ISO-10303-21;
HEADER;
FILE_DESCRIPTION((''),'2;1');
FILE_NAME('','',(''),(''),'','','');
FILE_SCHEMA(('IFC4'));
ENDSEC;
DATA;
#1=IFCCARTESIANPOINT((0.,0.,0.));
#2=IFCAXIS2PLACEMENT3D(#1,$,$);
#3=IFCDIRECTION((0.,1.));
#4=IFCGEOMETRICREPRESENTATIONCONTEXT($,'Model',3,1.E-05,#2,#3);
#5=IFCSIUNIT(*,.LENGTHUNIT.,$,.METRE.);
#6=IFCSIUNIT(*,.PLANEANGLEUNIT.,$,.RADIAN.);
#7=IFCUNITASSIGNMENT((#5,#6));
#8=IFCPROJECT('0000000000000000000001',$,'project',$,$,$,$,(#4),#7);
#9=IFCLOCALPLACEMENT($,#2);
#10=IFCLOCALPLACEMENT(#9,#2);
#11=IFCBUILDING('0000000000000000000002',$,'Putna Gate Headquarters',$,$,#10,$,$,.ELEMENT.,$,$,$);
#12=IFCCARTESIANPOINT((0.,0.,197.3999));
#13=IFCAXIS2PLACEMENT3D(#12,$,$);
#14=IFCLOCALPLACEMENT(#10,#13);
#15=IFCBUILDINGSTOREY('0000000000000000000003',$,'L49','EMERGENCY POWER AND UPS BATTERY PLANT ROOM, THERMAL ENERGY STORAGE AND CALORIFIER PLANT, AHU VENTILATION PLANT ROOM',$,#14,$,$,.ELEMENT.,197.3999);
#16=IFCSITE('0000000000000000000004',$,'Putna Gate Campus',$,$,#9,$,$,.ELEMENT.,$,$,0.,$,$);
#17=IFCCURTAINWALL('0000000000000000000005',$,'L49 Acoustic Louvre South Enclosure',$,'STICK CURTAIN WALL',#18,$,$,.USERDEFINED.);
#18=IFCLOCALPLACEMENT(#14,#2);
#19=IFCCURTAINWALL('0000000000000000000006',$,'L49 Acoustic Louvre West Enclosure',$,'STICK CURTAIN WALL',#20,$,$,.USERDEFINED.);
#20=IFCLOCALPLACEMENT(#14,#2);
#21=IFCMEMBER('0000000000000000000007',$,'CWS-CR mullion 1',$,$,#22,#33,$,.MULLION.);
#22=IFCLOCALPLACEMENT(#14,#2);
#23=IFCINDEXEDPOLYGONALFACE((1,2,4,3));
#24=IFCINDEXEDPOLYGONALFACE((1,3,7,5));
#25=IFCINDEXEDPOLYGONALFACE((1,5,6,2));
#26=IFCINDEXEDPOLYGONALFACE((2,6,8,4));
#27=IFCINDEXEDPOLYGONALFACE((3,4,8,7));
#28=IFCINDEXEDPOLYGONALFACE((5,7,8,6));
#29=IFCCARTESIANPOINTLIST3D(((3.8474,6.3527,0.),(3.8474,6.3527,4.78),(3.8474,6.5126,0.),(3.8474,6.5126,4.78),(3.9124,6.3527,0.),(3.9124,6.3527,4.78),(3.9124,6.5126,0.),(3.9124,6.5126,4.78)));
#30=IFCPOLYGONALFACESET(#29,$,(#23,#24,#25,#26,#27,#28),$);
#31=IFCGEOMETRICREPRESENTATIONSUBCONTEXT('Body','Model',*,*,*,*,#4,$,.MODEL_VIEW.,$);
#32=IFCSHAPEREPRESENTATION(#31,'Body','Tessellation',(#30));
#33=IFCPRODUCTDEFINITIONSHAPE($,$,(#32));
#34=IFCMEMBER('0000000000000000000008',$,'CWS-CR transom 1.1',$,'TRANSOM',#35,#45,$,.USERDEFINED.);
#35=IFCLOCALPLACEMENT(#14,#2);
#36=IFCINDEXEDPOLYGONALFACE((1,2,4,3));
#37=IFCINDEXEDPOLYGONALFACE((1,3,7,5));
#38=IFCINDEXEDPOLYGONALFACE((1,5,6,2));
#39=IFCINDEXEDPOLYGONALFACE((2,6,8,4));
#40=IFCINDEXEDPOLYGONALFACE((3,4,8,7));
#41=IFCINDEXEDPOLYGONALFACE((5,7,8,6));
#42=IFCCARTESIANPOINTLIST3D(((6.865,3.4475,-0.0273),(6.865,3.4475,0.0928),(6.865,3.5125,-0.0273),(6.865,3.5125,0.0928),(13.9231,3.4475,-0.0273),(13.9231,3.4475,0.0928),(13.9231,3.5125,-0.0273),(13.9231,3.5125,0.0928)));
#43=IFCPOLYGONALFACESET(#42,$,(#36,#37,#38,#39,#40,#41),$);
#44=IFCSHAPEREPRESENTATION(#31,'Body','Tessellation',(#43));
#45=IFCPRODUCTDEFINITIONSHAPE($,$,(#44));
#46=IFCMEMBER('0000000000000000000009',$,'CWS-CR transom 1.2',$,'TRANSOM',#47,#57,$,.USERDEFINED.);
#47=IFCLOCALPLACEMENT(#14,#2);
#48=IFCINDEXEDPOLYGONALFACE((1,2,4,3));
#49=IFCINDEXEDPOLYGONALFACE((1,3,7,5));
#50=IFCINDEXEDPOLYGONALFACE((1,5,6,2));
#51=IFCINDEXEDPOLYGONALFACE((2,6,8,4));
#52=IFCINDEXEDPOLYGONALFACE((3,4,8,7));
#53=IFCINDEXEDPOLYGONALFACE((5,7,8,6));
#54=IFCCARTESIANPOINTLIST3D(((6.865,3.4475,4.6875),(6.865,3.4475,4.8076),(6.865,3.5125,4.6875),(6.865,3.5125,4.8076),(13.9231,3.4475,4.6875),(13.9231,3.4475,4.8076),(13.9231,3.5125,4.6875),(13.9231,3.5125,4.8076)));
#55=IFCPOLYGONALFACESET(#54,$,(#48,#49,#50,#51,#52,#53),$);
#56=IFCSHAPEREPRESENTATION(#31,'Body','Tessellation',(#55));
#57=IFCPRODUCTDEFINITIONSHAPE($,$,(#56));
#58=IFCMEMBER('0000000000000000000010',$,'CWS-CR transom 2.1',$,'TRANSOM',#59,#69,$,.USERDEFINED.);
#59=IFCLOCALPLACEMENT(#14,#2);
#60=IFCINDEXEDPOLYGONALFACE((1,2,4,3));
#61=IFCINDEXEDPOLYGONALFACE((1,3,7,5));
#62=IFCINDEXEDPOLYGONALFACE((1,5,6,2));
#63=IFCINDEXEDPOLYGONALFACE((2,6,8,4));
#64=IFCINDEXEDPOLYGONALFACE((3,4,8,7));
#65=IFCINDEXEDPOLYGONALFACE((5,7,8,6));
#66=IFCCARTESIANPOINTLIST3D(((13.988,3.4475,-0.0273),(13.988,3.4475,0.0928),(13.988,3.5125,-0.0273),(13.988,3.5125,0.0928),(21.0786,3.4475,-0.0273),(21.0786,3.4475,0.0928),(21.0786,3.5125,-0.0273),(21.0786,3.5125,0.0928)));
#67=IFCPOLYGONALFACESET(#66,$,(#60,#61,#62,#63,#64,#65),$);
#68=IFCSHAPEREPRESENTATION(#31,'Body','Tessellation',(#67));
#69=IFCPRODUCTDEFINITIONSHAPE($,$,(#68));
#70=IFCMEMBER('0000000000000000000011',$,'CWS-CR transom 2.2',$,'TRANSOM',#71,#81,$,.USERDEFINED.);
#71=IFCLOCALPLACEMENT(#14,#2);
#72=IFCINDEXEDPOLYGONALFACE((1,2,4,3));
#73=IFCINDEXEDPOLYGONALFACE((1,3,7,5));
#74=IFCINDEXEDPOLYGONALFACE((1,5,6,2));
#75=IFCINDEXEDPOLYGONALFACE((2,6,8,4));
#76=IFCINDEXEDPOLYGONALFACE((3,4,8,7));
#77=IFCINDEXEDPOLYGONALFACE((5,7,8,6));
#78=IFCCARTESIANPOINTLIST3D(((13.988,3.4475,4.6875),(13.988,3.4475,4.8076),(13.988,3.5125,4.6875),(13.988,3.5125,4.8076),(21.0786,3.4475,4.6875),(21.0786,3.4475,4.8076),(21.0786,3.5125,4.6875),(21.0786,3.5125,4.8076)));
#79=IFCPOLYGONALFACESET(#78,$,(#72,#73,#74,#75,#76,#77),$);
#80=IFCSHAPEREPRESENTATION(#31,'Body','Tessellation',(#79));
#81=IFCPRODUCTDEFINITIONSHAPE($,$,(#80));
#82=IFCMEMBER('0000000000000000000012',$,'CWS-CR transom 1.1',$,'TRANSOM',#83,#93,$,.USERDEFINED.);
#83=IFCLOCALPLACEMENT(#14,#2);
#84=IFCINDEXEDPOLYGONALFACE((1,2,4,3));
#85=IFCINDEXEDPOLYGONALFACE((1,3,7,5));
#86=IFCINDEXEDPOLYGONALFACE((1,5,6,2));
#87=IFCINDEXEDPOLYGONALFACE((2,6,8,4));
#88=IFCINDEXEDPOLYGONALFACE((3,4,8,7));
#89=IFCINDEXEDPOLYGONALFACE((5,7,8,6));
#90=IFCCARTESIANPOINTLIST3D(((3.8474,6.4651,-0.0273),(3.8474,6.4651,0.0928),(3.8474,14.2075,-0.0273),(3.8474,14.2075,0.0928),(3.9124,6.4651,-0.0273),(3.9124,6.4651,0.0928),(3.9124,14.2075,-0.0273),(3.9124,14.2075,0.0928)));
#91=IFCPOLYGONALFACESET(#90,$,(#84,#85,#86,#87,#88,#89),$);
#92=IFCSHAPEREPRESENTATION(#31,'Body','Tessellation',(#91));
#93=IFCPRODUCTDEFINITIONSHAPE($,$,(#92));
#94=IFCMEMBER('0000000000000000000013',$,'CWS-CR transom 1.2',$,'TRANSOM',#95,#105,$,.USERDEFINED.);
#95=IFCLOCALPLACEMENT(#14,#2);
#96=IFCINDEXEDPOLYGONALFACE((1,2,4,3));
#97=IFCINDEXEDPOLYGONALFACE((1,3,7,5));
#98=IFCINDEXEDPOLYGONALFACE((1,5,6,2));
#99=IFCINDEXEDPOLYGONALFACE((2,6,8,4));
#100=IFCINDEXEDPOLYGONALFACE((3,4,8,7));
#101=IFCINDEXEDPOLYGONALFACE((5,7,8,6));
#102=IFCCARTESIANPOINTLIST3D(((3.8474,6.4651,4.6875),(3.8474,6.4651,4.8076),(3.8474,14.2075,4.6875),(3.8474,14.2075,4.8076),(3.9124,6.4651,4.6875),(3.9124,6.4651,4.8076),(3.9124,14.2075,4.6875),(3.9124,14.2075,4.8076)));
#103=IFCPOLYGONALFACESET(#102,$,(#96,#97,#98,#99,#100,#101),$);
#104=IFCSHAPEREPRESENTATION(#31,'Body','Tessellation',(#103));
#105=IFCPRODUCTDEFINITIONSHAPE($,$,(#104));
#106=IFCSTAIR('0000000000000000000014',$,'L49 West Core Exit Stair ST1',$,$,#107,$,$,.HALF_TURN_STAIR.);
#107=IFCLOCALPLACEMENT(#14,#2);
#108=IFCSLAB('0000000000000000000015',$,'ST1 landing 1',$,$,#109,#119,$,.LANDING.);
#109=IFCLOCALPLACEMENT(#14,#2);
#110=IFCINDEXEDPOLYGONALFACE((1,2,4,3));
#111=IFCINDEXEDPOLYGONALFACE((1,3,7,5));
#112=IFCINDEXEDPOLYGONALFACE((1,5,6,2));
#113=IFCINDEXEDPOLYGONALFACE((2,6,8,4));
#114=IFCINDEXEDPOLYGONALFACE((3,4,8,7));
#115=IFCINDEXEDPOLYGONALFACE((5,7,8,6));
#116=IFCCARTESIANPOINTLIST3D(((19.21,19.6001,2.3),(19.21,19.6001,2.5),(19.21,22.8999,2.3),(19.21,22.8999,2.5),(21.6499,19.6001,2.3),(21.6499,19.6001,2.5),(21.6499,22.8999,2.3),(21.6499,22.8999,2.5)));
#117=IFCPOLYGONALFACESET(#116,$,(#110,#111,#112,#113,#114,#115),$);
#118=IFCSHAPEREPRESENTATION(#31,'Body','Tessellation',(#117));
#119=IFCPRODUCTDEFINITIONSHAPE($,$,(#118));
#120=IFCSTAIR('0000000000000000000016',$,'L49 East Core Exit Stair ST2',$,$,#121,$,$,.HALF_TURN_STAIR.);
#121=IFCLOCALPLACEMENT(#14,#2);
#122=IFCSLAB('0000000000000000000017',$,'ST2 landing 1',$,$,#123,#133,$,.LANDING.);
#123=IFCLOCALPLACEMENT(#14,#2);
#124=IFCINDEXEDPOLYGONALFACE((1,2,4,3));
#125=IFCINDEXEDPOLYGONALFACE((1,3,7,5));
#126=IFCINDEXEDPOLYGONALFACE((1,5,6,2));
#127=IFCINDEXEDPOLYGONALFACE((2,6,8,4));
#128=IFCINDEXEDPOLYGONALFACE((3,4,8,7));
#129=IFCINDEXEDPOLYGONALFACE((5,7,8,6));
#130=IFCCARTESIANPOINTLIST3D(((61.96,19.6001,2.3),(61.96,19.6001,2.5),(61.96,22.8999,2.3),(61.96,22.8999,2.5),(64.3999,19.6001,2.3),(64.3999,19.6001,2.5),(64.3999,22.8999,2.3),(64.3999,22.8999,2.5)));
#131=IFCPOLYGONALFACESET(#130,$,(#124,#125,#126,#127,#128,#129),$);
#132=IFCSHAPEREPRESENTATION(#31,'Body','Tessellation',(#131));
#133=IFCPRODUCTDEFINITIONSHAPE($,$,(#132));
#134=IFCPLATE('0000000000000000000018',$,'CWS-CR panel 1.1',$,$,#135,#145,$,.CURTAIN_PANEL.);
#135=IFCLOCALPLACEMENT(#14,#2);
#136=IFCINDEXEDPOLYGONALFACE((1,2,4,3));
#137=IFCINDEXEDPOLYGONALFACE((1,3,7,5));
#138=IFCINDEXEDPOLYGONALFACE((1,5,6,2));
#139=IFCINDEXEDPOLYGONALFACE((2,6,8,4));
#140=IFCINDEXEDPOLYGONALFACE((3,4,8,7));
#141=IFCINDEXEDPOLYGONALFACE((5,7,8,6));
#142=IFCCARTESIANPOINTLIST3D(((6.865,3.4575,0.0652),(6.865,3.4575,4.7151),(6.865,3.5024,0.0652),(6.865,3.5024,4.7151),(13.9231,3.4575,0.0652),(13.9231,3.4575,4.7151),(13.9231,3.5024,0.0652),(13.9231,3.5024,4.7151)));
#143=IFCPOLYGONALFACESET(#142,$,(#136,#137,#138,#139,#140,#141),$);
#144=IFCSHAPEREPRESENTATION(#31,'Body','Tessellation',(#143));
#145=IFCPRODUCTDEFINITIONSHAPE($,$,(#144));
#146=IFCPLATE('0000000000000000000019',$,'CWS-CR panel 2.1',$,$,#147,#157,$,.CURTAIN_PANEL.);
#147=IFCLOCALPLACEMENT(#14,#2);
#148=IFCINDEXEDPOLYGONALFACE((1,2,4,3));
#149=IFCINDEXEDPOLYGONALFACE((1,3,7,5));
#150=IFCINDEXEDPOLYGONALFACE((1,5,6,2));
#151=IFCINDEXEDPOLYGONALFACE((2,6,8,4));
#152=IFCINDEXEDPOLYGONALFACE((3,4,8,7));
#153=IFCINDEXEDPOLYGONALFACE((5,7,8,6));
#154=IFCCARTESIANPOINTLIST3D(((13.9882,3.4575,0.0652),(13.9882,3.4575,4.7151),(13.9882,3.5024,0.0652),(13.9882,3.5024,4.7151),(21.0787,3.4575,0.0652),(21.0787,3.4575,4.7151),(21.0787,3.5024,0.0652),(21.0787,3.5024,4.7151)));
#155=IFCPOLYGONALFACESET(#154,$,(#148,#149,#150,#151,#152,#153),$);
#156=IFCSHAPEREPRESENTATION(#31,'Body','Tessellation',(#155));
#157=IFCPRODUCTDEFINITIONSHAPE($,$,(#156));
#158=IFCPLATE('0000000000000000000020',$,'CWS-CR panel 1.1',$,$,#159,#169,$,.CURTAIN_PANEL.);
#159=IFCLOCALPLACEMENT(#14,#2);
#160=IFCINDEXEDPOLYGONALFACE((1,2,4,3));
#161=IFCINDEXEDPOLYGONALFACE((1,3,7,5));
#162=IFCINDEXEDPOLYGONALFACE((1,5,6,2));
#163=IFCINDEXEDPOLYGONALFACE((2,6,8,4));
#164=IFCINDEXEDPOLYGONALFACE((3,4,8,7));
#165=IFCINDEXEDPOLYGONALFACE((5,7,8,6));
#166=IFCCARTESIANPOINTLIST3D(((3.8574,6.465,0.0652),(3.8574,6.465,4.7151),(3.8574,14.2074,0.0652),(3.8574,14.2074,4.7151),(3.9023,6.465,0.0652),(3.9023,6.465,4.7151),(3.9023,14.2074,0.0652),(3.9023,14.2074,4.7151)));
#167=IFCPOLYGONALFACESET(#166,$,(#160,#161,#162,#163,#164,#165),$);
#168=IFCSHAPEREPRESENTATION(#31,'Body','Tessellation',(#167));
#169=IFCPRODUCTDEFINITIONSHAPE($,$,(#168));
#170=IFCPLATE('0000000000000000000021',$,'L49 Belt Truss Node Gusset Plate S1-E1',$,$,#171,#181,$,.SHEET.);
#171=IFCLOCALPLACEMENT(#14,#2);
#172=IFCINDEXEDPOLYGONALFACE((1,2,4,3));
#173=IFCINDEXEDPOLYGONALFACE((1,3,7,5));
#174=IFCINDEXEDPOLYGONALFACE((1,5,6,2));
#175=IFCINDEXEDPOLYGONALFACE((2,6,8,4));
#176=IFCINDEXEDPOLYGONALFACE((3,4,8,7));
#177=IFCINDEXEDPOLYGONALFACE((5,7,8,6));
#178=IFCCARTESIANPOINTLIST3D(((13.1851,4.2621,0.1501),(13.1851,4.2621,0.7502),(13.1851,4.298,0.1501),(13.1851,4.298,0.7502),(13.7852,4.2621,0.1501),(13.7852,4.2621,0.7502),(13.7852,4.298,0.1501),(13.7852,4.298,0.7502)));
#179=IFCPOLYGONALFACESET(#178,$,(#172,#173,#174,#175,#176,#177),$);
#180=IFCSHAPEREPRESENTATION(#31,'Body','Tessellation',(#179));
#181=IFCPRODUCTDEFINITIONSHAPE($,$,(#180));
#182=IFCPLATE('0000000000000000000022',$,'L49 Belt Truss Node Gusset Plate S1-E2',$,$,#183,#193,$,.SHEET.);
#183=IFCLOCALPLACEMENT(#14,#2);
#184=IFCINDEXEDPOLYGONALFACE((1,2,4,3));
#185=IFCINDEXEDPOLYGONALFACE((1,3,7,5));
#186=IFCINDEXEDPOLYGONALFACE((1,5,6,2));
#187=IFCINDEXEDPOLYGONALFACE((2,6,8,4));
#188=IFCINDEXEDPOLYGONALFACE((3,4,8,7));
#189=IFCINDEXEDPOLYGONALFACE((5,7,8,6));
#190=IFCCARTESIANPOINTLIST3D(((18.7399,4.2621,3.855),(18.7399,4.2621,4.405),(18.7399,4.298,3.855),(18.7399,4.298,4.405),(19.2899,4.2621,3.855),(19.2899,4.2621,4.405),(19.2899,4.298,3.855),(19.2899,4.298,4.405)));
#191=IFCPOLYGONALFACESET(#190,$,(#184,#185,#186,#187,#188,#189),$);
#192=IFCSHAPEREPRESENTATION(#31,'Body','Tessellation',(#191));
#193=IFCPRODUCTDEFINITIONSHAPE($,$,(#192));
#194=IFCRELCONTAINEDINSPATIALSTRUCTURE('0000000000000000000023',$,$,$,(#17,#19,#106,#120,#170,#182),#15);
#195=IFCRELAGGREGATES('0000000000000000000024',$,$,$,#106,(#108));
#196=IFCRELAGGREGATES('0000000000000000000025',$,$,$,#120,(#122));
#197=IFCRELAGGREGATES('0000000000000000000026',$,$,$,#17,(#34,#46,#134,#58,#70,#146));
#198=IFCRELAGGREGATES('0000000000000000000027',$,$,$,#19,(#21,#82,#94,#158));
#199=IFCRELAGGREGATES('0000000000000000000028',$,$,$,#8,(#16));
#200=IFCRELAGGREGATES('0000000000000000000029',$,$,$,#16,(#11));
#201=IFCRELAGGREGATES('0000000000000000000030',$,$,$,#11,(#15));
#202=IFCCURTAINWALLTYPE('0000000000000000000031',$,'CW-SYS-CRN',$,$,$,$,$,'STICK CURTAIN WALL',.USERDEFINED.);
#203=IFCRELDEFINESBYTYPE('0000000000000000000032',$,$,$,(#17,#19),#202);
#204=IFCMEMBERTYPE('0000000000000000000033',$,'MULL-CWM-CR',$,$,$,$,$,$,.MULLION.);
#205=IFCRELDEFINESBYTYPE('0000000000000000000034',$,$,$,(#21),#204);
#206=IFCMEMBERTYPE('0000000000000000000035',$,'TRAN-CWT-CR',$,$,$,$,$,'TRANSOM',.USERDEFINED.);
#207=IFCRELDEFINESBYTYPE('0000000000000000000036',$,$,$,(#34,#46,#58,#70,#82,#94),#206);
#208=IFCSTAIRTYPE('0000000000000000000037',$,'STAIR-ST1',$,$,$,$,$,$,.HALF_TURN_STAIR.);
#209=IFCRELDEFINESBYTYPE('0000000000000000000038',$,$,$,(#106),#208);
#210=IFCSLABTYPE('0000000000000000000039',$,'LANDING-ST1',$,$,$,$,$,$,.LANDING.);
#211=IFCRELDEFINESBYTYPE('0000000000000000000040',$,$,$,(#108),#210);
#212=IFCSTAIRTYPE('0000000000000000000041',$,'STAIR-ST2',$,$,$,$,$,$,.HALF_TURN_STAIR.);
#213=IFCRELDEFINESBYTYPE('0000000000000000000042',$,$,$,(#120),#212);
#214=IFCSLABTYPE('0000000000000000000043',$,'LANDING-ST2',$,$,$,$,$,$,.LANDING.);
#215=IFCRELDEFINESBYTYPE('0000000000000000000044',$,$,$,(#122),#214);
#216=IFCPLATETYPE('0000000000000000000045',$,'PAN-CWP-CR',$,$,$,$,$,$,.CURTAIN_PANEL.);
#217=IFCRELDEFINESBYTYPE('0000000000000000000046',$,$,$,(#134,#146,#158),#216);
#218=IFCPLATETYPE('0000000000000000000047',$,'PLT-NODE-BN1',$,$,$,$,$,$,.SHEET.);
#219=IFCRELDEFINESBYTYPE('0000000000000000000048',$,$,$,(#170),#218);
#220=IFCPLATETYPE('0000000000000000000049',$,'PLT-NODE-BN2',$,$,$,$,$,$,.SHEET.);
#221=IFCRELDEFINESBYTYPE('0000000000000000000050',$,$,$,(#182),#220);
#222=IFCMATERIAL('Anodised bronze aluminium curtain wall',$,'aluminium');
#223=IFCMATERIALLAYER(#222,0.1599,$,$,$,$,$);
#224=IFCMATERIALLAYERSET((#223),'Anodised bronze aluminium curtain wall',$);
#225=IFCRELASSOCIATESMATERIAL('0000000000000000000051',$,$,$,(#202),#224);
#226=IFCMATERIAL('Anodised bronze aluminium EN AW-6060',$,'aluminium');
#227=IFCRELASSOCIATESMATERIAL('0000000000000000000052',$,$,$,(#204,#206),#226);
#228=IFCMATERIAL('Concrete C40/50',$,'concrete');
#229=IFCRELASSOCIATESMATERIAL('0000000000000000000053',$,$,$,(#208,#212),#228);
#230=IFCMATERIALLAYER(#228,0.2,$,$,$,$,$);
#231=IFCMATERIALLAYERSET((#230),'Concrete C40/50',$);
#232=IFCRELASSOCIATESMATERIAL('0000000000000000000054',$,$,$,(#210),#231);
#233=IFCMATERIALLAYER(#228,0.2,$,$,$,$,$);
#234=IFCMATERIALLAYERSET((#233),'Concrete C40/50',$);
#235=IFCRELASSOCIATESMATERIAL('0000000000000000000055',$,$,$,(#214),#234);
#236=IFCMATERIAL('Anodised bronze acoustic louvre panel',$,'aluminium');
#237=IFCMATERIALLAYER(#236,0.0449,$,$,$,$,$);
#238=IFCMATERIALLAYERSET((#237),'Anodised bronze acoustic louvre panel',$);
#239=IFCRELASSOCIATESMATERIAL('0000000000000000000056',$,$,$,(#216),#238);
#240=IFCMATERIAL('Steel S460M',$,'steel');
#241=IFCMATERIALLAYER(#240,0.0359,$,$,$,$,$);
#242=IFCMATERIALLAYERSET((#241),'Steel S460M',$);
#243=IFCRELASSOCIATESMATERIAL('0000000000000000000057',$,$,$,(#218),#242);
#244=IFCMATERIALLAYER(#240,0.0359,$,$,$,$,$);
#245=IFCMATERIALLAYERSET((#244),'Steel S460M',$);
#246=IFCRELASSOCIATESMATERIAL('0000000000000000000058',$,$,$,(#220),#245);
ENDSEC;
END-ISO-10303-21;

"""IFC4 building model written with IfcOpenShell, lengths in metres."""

from ifc_helpers import new_model, si_unit, direction, frame, origin, origin_2d, place, context, subcontext, project, spatial, polyline, rectangle, outline, extrude, material, layer, layer_set, material_profile, profile_set, type_object, element, aggregate, save


model = new_model("IFC4")

# Units and contexts
model_context = context("Model", 3, precision=1e-05, world=origin(), true_north=direction((0.0, 1.0)))
body_context = subcontext(model_context, "Body", "Model", "MODEL_VIEW")
ifc_project = project(units=[si_unit("LENGTHUNIT", "METRE"), si_unit("PLANEANGLEUNIT", "RADIAN")], contexts=[model_context])

# Site, building, storey
site_placement = place(None, origin())
site = spatial("IfcSite", under=ifc_project, at=site_placement, Name="Putna Gate Campus", CompositionType="ELEMENT", RefElevation=0.0)
building_placement = place(site_placement, origin())
building = spatial("IfcBuilding", under=site, at=building_placement, Name="Putna Gate Headquarters", CompositionType="ELEMENT")
storey_placement = place(building_placement, frame((0.0, 0.0, 197.3999)))
storey = spatial("IfcBuildingStorey", under=building, at=storey_placement, Name="L49", Description="EMERGENCY POWER AND UPS BATTERY PLANT ROOM, THERMAL ENERGY STORAGE AND CALORIFIER PLANT, AHU VENTILATION PLANT ROOM", CompositionType="ELEMENT", Elevation=197.3999)

# Shared definitions
ifc_material_1 = material(Name="Steel S460M", Category="steel")

# Curtain wall
ifc_material_2 = material(Name="Anodised bronze aluminium curtain wall", Category="aluminium")
ifc_layer_1 = layer(ifc_material_2, 0.1599)
ifc_layer_set_1 = layer_set([ifc_layer_1], Name="Anodised bronze aluminium curtain wall")
curtain_wall_type = type_object("IfcCurtainWallType", Name="CW-SYS-CRN", ElementType="STICK CURTAIN WALL", PredefinedType="USERDEFINED", material=ifc_layer_set_1)
curtain_wall_1_placement = place(storey_placement, origin())
curtain_wall_1 = element("IfcCurtainWall", 1, at=curtain_wall_1_placement, inside=storey, type_object=curtain_wall_type, Name="L49 Acoustic Louvre South Enclosure", ObjectType="STICK CURTAIN WALL", PredefinedType="USERDEFINED")
ifc_material_3 = material(Name="Anodised bronze aluminium EN AW-6060", Category="aluminium")
ifc_material_profile_1 = material_profile(ifc_material_3, rectangle(XDim=0.0649, YDim=0.1599, at=origin_2d()), Name="Anodised bronze aluminium EN AW-6060")
ifc_profile_set_1 = profile_set([ifc_material_profile_1], Name="Anodised bronze aluminium EN AW-6060")
member_type_1 = type_object("IfcMemberType", Name="MULL-CWM-CR", PredefinedType="MULLION", material=ifc_profile_set_1)

# Curtain wall, member
curtain_wall_2_placement = place(storey_placement, origin())
curtain_wall_2 = element("IfcCurtainWall", 2, at=curtain_wall_2_placement, inside=storey, type_object=curtain_wall_type, Name="L49 Acoustic Louvre West Enclosure", ObjectType="STICK CURTAIN WALL", PredefinedType="USERDEFINED")
member_1_placement = place(storey_placement, frame((3.8799, 6.4326, 0.0), z_axis=(0.0, 0.0, 1.0), x_axis=(-1.0, 0.0, 0.0)))
member_1 = element("IfcMember", 3, at=member_1_placement, type_object=member_type_1, Name="CWS-CR mullion 1", PredefinedType="MULLION", context=body_context, shape_type="SweptSolid", body=[
    extrude(rectangle(XDim=0.0649, YDim=0.1599, at=origin_2d()), origin(), (0.0, 0.0, 1.0), 4.78),
])

# Members
ifc_material_profile_2 = material_profile(ifc_material_3, rectangle(XDim=0.0649, YDim=0.1201, at=origin_2d()), Name="Anodised bronze aluminium EN AW-6060")
ifc_profile_set_2 = profile_set([ifc_material_profile_2], Name="Anodised bronze aluminium EN AW-6060")
member_type_2 = type_object("IfcMemberType", Name="TRAN-CWT-CR", ElementType="TRANSOM", PredefinedType="USERDEFINED", material=ifc_profile_set_2)
member_2_placement = place(storey_placement, frame((6.865, 3.48, 0.0327), z_axis=(1.0, 0.0, 0.0), x_axis=(0.0, 1.0, 0.0)))
member_2 = element("IfcMember", 4, at=member_2_placement, type_object=member_type_2, Name="CWS-CR transom 1.1", ObjectType="TRANSOM", PredefinedType="USERDEFINED", context=body_context, shape_type="SweptSolid", body=[
    extrude(rectangle(XDim=0.0649, YDim=0.1201, at=origin_2d()), origin(), (0.0, 0.0, 1.0), 7.0581),
])
member_3_placement = place(storey_placement, frame((6.865, 3.48, 4.7476), z_axis=(1.0, 0.0, 0.0), x_axis=(0.0, 1.0, 0.0)))
member_3 = element("IfcMember", 5, at=member_3_placement, type_object=member_type_2, Name="CWS-CR transom 1.2", ObjectType="TRANSOM", PredefinedType="USERDEFINED", context=body_context, shape_type="SweptSolid", body=[
    extrude(rectangle(XDim=0.0649, YDim=0.1201, at=origin_2d()), origin(), (0.0, 0.0, 1.0), 7.0581),
])
member_4_placement = place(storey_placement, frame((13.988, 3.48, 0.0327), z_axis=(1.0, 0.0, 0.0), x_axis=(0.0, 1.0, 0.0)))
member_4 = element("IfcMember", 6, at=member_4_placement, type_object=member_type_2, Name="CWS-CR transom 2.1", ObjectType="TRANSOM", PredefinedType="USERDEFINED", context=body_context, shape_type="SweptSolid", body=[
    extrude(rectangle(XDim=0.0649, YDim=0.1201, at=origin_2d()), origin(), (0.0, 0.0, 1.0), 7.0906),
])
member_5_placement = place(storey_placement, frame((13.988, 3.48, 4.7476), z_axis=(1.0, 0.0, 0.0), x_axis=(0.0, 1.0, 0.0)))
member_5 = element("IfcMember", 7, at=member_5_placement, type_object=member_type_2, Name="CWS-CR transom 2.2", ObjectType="TRANSOM", PredefinedType="USERDEFINED", context=body_context, shape_type="SweptSolid", body=[
    extrude(rectangle(XDim=0.0649, YDim=0.1201, at=origin_2d()), origin(), (0.0, 0.0, 1.0), 7.0906),
])
member_6_placement = place(storey_placement, frame((3.8799, 6.4651, 0.0327), z_axis=(0.0, 1.0, 0.0), x_axis=(-1.0, 0.0, 0.0)))
member_6 = element("IfcMember", 8, at=member_6_placement, type_object=member_type_2, Name="CWS-CR transom 1.1", ObjectType="TRANSOM", PredefinedType="USERDEFINED", context=body_context, shape_type="SweptSolid", body=[
    extrude(rectangle(XDim=0.0649, YDim=0.1201, at=origin_2d()), origin(), (0.0, 0.0, 1.0), 7.7424),
])
member_7_placement = place(storey_placement, frame((3.8799, 6.4651, 4.7476), z_axis=(0.0, 1.0, 0.0), x_axis=(-1.0, 0.0, 0.0)))
member_7 = element("IfcMember", 9, at=member_7_placement, type_object=member_type_2, Name="CWS-CR transom 1.2", ObjectType="TRANSOM", PredefinedType="USERDEFINED", context=body_context, shape_type="SweptSolid", body=[
    extrude(rectangle(XDim=0.0649, YDim=0.1201, at=origin_2d()), origin(), (0.0, 0.0, 1.0), 7.7424),
])

# Stairs, slabs
ifc_material_4 = material(Name="Concrete C40/50", Category="concrete")
stair_type_1 = type_object("IfcStairType", Name="STAIR-ST1", PredefinedType="HALF_TURN_STAIR", material=ifc_material_4)
stair_1_placement = place(storey_placement, origin())
stair_1 = element("IfcStair", 10, at=stair_1_placement, inside=storey, type_object=stair_type_1, Name="L49 West Core Exit Stair ST1", PredefinedType="HALF_TURN_STAIR")
ifc_layer_2 = layer(ifc_material_4, 0.2)
ifc_layer_set_2 = layer_set([ifc_layer_2], Name="Concrete C40/50")
slab_type_1 = type_object("IfcSlabType", Name="LANDING-ST1", PredefinedType="LANDING", material=ifc_layer_set_2)
slab_1_placement = place(storey_placement, frame((0.0, 0.0, 2.3)))
slab_1 = element("IfcSlab", 11, at=slab_1_placement, type_object=slab_type_1, Name="ST1 landing 1", PredefinedType="LANDING", context=body_context, shape_type="SweptSolid", body=[
    extrude(outline(polyline([(19.21, 19.6001), (21.6499, 19.6001), (21.6499, 22.8999), (19.21, 22.8999), (19.21, 19.6001)])), origin(), (0.0, 0.0, 1.0), 0.2),
])
aggregate(stair_1, [slab_1])
stair_type_2 = type_object("IfcStairType", Name="STAIR-ST2", PredefinedType="HALF_TURN_STAIR", material=ifc_material_4)
stair_2_placement = place(storey_placement, origin())
stair_2 = element("IfcStair", 12, at=stair_2_placement, inside=storey, type_object=stair_type_2, Name="L49 East Core Exit Stair ST2", PredefinedType="HALF_TURN_STAIR")
ifc_layer_3 = layer(ifc_material_4, 0.2)
ifc_layer_set_3 = layer_set([ifc_layer_3], Name="Concrete C40/50")
slab_type_2 = type_object("IfcSlabType", Name="LANDING-ST2", PredefinedType="LANDING", material=ifc_layer_set_3)
slab_2_placement = place(storey_placement, frame((0.0, 0.0, 2.3)))
slab_2 = element("IfcSlab", 13, at=slab_2_placement, type_object=slab_type_2, Name="ST2 landing 1", PredefinedType="LANDING", context=body_context, shape_type="SweptSolid", body=[
    extrude(outline(polyline([(61.96, 19.6001), (64.3999, 19.6001), (64.3999, 22.8999), (61.96, 22.8999), (61.96, 19.6001)])), origin(), (0.0, 0.0, 1.0), 0.2),
])
aggregate(stair_2, [slab_2])

# Plates
ifc_material_5 = material(Name="Anodised bronze acoustic louvre panel", Category="aluminium")
ifc_layer_4 = layer(ifc_material_5, 0.0449)
ifc_layer_set_4 = layer_set([ifc_layer_4], Name="Anodised bronze acoustic louvre panel")
plate_type_1 = type_object("IfcPlateType", Name="PAN-CWP-CR", PredefinedType="CURTAIN_PANEL", material=ifc_layer_set_4)
plate_1_placement = place(storey_placement, frame((10.394, 3.48, 0.0652), z_axis=(0.0, 0.0, 1.0), x_axis=(1.0, 0.0, 0.0)))
plate_1 = element("IfcPlate", 14, at=plate_1_placement, type_object=plate_type_1, Name="CWS-CR panel 1.1", PredefinedType="CURTAIN_PANEL", context=body_context, shape_type="SweptSolid", body=[
    extrude(rectangle(XDim=7.0581, YDim=0.0449, at=origin_2d()), origin(), (0.0, 0.0, 1.0), 4.6499),
])
plate_2_placement = place(storey_placement, frame((17.5334, 3.48, 0.0652), z_axis=(0.0, 0.0, 1.0), x_axis=(1.0, 0.0, 0.0)))
plate_2 = element("IfcPlate", 15, at=plate_2_placement, type_object=plate_type_1, Name="CWS-CR panel 2.1", PredefinedType="CURTAIN_PANEL", context=body_context, shape_type="SweptSolid", body=[
    extrude(rectangle(XDim=7.0906, YDim=0.0449, at=origin_2d()), origin(), (0.0, 0.0, 1.0), 4.6499),
])
aggregate(curtain_wall_1, [member_2, member_3, plate_1, member_4, member_5, plate_2])
plate_3_placement = place(storey_placement, frame((3.8799, 10.3362, 0.0652), z_axis=(0.0, 0.0, 1.0), x_axis=(0.0, 1.0, 0.0)))
plate_3 = element("IfcPlate", 16, at=plate_3_placement, type_object=plate_type_1, Name="CWS-CR panel 1.1", PredefinedType="CURTAIN_PANEL", context=body_context, shape_type="SweptSolid", body=[
    extrude(rectangle(XDim=7.7424, YDim=0.0449, at=origin_2d()), origin(), (0.0, 0.0, 1.0), 4.6499),
])
aggregate(curtain_wall_2, [member_1, member_6, member_7, plate_3])

# Plates
ifc_layer_5 = layer(ifc_material_1, 0.0359)
ifc_layer_set_5 = layer_set([ifc_layer_5], Name="Steel S460M")
plate_type_2 = type_object("IfcPlateType", Name="PLT-NODE-BN1", PredefinedType="SHEET", material=ifc_layer_set_5)
plate_4_placement = place(storey_placement, frame((13.4851, 4.28, 0.1501), z_axis=(0.0, 0.0, 1.0), x_axis=(1.0, 0.0, 0.0)))
element("IfcPlate", 17, at=plate_4_placement, inside=storey, type_object=plate_type_2, Name="L49 Belt Truss Node Gusset Plate S1-E1", PredefinedType="SHEET", context=body_context, shape_type="SweptSolid", body=[
    extrude(rectangle(XDim=0.6001, YDim=0.0359, at=origin_2d()), origin(), (0.0, 0.0, 1.0), 0.6001),
])
ifc_layer_6 = layer(ifc_material_1, 0.0359)
ifc_layer_set_6 = layer_set([ifc_layer_6], Name="Steel S460M")
plate_type_3 = type_object("IfcPlateType", Name="PLT-NODE-BN2", PredefinedType="SHEET", material=ifc_layer_set_6)
plate_5_placement = place(storey_placement, frame((19.0149, 4.28, 3.855), z_axis=(0.0, 0.0, 1.0), x_axis=(1.0, 0.0, 0.0)))
element("IfcPlate", 18, at=plate_5_placement, inside=storey, type_object=plate_type_3, Name="L49 Belt Truss Node Gusset Plate S1-E2", PredefinedType="SHEET", context=body_context, shape_type="SweptSolid", body=[
    extrude(rectangle(XDim=0.55, YDim=0.0359, at=origin_2d()), origin(), (0.0, 0.0, 1.0), 0.55),
])

save(model, "model.ifc")
